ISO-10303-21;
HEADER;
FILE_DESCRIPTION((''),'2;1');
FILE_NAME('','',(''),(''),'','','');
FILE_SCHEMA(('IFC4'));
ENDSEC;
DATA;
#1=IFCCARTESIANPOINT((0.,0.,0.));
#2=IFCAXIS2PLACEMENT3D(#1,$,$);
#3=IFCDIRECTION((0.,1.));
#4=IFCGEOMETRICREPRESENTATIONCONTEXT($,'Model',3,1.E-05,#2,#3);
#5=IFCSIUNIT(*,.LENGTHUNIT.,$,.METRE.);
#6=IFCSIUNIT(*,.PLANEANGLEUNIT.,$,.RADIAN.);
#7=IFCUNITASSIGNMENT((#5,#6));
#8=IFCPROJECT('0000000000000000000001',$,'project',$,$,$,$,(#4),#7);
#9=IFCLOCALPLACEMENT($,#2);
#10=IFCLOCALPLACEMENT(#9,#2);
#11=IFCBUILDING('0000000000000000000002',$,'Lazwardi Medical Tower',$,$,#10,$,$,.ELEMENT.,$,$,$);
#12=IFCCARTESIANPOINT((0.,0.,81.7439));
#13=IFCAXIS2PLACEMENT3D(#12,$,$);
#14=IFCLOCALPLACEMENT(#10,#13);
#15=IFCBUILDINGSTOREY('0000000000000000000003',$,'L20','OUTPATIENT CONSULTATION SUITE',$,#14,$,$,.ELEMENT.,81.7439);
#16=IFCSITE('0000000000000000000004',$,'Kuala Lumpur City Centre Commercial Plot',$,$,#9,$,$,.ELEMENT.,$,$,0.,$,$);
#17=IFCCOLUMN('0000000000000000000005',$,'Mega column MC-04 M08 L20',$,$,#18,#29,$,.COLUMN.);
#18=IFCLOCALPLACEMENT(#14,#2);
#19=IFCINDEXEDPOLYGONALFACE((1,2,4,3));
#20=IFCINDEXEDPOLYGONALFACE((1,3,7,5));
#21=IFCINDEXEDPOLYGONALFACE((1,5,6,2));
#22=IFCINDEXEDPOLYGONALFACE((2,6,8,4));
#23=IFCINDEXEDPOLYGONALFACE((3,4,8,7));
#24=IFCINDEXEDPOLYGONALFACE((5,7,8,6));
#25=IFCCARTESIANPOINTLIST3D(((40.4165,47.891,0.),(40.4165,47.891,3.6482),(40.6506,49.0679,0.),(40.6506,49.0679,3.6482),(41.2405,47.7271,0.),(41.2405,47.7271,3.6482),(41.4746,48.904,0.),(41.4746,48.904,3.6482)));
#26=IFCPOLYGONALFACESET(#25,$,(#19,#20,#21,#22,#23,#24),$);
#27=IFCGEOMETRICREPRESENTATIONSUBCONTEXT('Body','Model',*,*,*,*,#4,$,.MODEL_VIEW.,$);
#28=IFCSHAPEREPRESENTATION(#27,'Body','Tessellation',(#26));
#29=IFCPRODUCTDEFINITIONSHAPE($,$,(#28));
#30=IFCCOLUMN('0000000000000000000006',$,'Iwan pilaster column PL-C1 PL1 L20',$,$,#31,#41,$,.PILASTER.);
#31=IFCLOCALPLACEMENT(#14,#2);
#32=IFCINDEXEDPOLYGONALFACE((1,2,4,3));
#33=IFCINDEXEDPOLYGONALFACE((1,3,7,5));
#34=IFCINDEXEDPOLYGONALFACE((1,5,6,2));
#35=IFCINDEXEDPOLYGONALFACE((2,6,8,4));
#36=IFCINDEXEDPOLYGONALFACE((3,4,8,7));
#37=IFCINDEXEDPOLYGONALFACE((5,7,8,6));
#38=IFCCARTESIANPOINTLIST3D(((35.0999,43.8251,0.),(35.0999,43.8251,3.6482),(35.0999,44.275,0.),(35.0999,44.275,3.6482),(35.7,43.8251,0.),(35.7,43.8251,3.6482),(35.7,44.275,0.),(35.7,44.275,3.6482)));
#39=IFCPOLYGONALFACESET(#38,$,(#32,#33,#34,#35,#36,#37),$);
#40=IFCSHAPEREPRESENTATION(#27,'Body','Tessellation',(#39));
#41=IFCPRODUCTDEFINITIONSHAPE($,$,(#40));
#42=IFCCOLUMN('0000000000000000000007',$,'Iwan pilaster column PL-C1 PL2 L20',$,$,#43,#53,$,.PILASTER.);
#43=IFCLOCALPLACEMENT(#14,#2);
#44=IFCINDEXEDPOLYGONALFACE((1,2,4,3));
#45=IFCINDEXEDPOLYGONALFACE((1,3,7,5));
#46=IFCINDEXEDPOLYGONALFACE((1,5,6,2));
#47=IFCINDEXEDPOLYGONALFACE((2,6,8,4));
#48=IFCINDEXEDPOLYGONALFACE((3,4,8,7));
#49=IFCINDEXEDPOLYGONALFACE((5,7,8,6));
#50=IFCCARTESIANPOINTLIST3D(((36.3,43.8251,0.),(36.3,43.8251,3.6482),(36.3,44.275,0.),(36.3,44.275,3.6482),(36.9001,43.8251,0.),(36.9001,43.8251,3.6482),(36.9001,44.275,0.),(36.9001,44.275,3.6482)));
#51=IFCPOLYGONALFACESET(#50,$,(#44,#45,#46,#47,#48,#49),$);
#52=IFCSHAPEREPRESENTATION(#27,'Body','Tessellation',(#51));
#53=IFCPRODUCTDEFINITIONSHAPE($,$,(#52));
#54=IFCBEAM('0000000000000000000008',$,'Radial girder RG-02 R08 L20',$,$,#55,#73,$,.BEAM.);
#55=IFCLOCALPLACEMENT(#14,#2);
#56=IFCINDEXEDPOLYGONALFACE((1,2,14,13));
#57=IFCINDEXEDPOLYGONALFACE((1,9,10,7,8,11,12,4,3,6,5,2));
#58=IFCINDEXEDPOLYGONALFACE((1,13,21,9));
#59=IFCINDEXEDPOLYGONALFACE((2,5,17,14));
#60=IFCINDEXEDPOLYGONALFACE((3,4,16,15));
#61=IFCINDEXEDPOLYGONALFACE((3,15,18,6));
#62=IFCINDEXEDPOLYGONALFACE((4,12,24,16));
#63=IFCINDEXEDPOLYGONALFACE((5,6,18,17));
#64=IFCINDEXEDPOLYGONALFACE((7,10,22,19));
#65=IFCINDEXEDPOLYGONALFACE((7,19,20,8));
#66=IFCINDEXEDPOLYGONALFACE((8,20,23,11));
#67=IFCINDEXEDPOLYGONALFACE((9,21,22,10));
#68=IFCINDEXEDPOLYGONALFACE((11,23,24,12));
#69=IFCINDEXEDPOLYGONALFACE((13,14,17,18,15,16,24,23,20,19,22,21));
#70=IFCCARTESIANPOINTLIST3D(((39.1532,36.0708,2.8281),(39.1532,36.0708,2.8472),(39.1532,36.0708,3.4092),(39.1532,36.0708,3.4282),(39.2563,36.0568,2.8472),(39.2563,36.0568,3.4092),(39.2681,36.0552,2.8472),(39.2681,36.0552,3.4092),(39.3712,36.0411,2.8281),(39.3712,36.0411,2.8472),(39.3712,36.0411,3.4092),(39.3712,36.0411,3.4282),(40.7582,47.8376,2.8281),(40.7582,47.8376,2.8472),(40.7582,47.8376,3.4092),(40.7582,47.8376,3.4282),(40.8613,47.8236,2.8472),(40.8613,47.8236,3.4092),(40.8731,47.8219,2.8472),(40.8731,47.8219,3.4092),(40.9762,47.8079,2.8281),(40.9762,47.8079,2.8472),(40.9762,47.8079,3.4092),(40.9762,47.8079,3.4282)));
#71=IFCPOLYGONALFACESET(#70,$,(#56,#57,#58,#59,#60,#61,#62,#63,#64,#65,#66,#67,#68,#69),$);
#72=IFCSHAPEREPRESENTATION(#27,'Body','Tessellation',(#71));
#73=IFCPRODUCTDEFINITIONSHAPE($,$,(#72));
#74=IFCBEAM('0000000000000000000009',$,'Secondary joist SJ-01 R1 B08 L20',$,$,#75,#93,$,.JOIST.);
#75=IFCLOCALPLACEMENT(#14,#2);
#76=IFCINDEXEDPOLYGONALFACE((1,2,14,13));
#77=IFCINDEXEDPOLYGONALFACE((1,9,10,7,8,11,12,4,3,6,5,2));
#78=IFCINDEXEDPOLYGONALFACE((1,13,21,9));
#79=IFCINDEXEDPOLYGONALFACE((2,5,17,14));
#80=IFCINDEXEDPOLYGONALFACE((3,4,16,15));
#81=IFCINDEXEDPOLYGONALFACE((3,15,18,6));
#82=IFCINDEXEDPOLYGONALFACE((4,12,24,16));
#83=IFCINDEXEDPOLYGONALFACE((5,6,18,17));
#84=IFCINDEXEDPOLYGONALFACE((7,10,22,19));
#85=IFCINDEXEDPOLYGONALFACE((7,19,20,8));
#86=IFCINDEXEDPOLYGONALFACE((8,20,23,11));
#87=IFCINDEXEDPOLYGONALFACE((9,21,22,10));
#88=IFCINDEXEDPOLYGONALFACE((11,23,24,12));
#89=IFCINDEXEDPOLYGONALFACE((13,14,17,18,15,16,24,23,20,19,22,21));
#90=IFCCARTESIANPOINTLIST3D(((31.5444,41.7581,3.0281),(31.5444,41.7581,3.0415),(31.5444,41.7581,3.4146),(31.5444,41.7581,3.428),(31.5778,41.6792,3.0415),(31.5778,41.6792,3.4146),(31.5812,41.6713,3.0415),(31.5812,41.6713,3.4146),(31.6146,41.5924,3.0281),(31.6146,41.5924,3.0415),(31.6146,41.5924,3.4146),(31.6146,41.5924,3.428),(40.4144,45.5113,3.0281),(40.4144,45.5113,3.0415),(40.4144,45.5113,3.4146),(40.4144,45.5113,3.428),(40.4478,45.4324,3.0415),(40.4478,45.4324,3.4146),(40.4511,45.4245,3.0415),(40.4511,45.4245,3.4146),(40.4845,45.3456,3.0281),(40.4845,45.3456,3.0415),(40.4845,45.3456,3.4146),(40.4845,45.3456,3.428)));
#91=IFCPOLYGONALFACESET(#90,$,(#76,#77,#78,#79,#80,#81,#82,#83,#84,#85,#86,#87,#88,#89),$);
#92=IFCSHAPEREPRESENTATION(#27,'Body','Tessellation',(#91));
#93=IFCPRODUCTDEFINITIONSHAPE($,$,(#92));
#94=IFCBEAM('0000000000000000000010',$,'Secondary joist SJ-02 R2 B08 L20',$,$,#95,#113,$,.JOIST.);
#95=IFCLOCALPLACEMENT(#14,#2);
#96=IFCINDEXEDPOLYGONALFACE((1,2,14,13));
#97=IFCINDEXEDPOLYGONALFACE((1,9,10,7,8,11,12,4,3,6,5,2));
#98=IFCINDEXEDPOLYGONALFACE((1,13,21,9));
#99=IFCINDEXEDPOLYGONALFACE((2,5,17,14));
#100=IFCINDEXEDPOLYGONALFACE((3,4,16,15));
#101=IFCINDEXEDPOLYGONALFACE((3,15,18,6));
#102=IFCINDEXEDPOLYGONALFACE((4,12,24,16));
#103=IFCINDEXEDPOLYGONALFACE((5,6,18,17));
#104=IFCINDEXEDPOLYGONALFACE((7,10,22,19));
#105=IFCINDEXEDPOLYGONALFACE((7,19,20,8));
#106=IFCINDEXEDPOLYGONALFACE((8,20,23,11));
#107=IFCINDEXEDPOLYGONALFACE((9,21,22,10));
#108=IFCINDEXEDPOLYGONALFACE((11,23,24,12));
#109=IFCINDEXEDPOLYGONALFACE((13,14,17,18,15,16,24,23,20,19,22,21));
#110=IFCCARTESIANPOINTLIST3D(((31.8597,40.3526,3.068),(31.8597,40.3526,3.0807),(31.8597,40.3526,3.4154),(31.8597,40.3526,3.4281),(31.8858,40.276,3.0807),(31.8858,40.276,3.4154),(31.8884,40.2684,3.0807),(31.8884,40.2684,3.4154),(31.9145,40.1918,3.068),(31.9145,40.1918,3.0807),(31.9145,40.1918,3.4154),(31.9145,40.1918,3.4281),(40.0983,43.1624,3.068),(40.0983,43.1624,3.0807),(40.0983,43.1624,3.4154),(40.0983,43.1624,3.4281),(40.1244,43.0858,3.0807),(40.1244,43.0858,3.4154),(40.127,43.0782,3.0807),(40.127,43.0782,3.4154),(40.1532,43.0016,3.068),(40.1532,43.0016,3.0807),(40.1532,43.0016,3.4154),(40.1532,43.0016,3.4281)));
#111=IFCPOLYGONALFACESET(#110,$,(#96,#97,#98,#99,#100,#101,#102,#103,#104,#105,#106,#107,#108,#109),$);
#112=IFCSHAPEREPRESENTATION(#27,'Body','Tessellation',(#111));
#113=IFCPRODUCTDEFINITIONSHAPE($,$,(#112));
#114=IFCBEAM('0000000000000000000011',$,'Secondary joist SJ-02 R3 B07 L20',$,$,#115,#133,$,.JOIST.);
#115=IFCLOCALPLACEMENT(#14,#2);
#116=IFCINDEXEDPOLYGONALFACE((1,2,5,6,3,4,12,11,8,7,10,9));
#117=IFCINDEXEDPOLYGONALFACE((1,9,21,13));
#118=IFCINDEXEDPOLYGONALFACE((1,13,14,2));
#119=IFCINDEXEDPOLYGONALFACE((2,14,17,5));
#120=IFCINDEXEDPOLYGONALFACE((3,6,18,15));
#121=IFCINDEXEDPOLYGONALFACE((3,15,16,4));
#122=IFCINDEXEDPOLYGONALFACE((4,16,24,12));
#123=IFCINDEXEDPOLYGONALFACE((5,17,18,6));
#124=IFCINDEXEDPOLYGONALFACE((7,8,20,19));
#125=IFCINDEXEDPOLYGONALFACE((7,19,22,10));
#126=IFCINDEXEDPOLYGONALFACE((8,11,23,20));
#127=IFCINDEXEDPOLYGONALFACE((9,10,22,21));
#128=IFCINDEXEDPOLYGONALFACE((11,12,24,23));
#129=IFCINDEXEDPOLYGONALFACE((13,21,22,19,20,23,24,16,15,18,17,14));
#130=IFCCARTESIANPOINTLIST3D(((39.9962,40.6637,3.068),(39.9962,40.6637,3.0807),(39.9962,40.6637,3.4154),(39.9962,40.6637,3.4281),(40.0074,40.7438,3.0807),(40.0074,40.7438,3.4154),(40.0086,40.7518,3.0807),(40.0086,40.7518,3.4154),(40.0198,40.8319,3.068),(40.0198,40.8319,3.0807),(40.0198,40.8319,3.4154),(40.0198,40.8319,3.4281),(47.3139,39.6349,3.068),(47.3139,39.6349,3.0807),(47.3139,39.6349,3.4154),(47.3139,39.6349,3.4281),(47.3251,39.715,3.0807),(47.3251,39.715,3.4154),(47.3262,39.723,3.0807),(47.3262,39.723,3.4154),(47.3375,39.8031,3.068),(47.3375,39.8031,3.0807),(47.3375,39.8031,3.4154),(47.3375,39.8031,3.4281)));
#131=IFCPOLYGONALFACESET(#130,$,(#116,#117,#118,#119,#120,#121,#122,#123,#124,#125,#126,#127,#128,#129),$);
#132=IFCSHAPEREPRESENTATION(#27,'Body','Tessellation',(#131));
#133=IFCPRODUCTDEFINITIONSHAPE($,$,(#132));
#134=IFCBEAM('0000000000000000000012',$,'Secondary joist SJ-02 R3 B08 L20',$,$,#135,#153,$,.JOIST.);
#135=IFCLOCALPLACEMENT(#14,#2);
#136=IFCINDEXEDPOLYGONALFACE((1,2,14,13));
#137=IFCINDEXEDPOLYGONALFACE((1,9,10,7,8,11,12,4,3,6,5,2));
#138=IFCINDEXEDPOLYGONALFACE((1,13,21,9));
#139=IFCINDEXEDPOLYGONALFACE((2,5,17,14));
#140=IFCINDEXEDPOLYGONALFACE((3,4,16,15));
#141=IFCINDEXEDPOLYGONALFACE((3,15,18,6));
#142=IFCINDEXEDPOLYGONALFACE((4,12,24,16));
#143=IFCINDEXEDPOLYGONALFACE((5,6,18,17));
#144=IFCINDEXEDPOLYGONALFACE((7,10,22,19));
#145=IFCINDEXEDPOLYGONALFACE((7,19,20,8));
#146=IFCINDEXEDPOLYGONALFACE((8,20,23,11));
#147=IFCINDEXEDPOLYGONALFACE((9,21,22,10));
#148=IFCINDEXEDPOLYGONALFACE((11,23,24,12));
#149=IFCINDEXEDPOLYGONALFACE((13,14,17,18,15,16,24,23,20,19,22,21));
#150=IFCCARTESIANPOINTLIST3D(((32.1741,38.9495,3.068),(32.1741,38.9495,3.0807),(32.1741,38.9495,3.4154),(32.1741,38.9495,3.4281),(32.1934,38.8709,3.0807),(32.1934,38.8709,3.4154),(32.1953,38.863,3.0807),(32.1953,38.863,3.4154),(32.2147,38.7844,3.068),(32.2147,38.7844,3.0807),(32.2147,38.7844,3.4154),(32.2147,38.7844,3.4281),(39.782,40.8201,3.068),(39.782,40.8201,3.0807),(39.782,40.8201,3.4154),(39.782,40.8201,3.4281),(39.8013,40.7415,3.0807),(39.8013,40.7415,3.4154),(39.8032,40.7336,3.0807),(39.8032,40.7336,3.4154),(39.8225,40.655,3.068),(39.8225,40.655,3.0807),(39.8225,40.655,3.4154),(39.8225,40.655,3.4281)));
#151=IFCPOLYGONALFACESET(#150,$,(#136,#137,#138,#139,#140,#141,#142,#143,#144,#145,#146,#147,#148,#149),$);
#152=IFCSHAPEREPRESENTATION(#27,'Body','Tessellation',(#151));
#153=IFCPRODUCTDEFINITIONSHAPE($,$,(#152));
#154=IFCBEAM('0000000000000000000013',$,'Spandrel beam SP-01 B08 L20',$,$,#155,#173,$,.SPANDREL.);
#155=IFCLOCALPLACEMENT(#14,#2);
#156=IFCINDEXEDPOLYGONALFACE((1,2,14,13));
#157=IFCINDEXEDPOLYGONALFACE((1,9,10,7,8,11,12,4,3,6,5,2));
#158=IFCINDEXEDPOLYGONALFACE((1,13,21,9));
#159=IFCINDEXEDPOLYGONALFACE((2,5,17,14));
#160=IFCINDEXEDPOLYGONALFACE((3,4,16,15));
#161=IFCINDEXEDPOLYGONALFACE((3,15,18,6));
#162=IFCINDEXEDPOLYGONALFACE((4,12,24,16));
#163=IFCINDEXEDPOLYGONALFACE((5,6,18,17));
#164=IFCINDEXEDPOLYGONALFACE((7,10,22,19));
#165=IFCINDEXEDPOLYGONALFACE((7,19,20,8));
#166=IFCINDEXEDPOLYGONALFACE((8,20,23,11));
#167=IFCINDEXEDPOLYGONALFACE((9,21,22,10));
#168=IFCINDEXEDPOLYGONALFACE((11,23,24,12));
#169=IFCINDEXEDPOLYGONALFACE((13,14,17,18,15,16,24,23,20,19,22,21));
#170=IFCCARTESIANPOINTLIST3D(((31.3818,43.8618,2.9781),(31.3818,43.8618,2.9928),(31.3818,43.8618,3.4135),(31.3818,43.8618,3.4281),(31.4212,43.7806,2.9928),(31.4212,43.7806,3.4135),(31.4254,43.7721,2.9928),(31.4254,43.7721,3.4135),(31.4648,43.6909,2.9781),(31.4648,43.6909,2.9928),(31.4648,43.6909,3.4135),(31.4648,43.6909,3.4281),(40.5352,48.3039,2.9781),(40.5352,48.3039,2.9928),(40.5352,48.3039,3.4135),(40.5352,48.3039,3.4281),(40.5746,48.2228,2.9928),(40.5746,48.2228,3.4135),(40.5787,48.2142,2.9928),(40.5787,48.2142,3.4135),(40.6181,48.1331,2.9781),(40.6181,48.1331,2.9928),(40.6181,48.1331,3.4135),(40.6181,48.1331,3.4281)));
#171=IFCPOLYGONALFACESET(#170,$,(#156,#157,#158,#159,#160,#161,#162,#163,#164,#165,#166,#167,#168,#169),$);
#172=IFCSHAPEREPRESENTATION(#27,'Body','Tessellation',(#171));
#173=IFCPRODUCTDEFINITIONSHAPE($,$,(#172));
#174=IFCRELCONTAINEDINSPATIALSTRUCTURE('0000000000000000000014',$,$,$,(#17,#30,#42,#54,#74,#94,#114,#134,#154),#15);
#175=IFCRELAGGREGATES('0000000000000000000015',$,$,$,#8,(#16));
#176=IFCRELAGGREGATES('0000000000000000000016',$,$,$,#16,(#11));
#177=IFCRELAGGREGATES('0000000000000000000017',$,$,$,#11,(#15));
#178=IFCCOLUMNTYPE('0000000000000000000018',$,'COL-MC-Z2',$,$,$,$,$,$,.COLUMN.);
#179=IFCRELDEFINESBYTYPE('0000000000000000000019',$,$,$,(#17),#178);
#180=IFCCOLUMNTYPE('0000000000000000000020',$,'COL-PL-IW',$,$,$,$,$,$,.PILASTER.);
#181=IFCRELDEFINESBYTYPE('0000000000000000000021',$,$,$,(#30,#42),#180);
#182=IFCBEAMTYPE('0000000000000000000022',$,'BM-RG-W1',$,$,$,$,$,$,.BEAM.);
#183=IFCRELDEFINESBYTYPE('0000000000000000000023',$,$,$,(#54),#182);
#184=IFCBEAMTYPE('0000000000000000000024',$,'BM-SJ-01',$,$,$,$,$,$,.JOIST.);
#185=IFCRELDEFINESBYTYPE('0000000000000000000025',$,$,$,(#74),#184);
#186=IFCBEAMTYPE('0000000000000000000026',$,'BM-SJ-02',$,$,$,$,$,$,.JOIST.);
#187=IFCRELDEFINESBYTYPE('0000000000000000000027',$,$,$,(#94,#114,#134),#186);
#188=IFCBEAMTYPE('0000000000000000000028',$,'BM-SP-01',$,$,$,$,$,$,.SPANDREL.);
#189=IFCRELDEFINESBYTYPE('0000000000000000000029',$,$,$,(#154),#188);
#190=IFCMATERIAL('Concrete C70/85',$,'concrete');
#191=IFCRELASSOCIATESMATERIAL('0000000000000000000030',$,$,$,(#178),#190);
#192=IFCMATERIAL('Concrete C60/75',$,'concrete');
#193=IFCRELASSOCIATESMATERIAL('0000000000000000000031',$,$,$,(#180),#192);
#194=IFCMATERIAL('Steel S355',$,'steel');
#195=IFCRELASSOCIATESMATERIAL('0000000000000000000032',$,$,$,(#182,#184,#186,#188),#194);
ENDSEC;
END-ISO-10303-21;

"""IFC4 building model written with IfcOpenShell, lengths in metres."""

from ifc_helpers import new_model, si_unit, direction, frame, origin, origin_2d, place, context, subcontext, project, spatial, rectangle, i_section, extrude, material, material_profile, profile_set, type_object, element, save


model = new_model("IFC4")

# Units and contexts
model_context = context("Model", 3, precision=1e-05, world=origin(), true_north=direction((0.0, 1.0)))
body_context = subcontext(model_context, "Body", "Model", "MODEL_VIEW")
ifc_project = project(units=[si_unit("LENGTHUNIT", "METRE"), si_unit("PLANEANGLEUNIT", "RADIAN")], contexts=[model_context])

# Site, building, storey
site_placement = place(None, origin())
site = spatial("IfcSite", under=ifc_project, at=site_placement, Name="Kuala Lumpur City Centre Commercial Plot", CompositionType="ELEMENT", RefElevation=0.0)
building_placement = place(site_placement, origin())
building = spatial("IfcBuilding", under=site, at=building_placement, Name="Lazwardi Medical Tower", CompositionType="ELEMENT")
storey_placement = place(building_placement, frame((0.0, 0.0, 81.7439)))
storey = spatial("IfcBuildingStorey", under=building, at=storey_placement, Name="L20", Description="OUTPATIENT CONSULTATION SUITE", CompositionType="ELEMENT", Elevation=81.7439)

# Columns
ifc_material_1 = material(Name="Concrete C70/85", Category="concrete")
ifc_material_profile_1 = material_profile(ifc_material_1, rectangle(XDim=1.2, YDim=0.8401, at=origin_2d()), Name="CFT-RECT 1200x840")
ifc_profile_set_1 = profile_set([ifc_material_profile_1], Name="Concrete C70/85")
column_type_1 = type_object("IfcColumnType", Name="COL-MC-Z2", PredefinedType="COLUMN", material=ifc_profile_set_1)
column_placement = place(storey_placement, frame((40.9456, 48.3975, 0.0), z_axis=(0.0, 0.0, 1.0), x_axis=(0.19509, 0.980785, 0.0)))
element("IfcColumn", 1, at=column_placement, inside=storey, type_object=column_type_1, Name="Mega column MC-04 M08 L20", PredefinedType="COLUMN", context=body_context, shape_type="SweptSolid", body=[
    extrude(rectangle(XDim=1.2, YDim=0.8401, at=origin_2d()), origin(), (0.0, 0.0, 1.0), 3.6482),
])
ifc_material_2 = material(Name="Concrete C60/75", Category="concrete")
ifc_material_profile_2 = material_profile(ifc_material_2, rectangle(XDim=0.6001, YDim=0.45, at=origin_2d()), Name="RC 600x450")
ifc_profile_set_2 = profile_set([ifc_material_profile_2], Name="Concrete C60/75")
column_type_2 = type_object("IfcColumnType", Name="COL-PL-IW", PredefinedType="PILASTER", material=ifc_profile_set_2)
for number, where, z_axis, x_axis, name in (
    (2, (35.3999, 44.05, 0.0), (0.0, 0.0, 1.0), (1.0, 0.0, 0.0), "Iwan pilaster column PL-C1 PL1 L20"),
    (3, (36.6001, 44.05, 0.0), (0.0, 0.0, 1.0), (1.0, 0.0, 0.0), "Iwan pilaster column PL-C1 PL2 L20"),
):
    element("IfcColumn", number, at=place(storey_placement, frame(where, z_axis=z_axis, x_axis=x_axis)), inside=storey, type_object=column_type_2, Name=name, PredefinedType="PILASTER", context=body_context, shape_type="SweptSolid", body=[
        extrude(rectangle(XDim=0.6001, YDim=0.45, at=origin_2d()), origin(), (0.0, 0.0, 1.0), 3.6482),
    ])

# Beams
ifc_material_3 = material(Name="Steel S355", Category="steel")
ifc_material_profile_3 = material_profile(ifc_material_3, i_section(OverallWidth=0.22, OverallDepth=0.6001, WebThickness=0.012, FlangeThickness=0.019, at=origin_2d()), Name="IPE 600")
ifc_profile_set_3 = profile_set([ifc_material_profile_3], Name="Steel S355")
beam_type_1 = type_object("IfcBeamType", Name="BM-RG-W1", PredefinedType="BEAM", material=ifc_profile_set_3)
beam_1_placement = place(storey_placement, frame((40.8672, 47.8228, 3.1282), z_axis=(-0.135147, -0.990826, 0.0), x_axis=(0.990826, -0.135147, 0.0)))
element("IfcBeam", 4, at=beam_1_placement, inside=storey, type_object=beam_type_1, Name="Radial girder RG-02 R08 L20", PredefinedType="BEAM", context=body_context, shape_type="SweptSolid", body=[
    extrude(i_section(OverallWidth=0.22, OverallDepth=0.6001, WebThickness=0.012, FlangeThickness=0.019, at=origin_2d()), origin(), (0.0, 0.0, 1.0), 11.8757),
])
ifc_material_profile_4 = material_profile(ifc_material_3, i_section(OverallWidth=0.1799, OverallDepth=0.3999, WebThickness=0.0085, FlangeThickness=0.0134, at=origin_2d()), Name="IPE 400")
ifc_profile_set_4 = profile_set([ifc_material_profile_4], Name="Steel S355")
beam_type_2 = type_object("IfcBeamType", Name="BM-SJ-01", PredefinedType="JOIST", material=ifc_profile_set_4)
beam_2_placement = place(storey_placement, frame((40.4495, 45.4285, 3.228), z_axis=(-0.920947, -0.389687, 0.0), x_axis=(0.389687, -0.920947, 0.0)))
element("IfcBeam", 5, at=beam_2_placement, inside=storey, type_object=beam_type_2, Name="Secondary joist SJ-01 R1 B08 L20", PredefinedType="JOIST", context=body_context, shape_type="SweptSolid", body=[
    extrude(i_section(OverallWidth=0.1799, OverallDepth=0.3999, WebThickness=0.0085, FlangeThickness=0.0134, at=origin_2d()), origin(), (0.0, 0.0, 1.0), 9.6313),
])
ifc_material_profile_5 = material_profile(ifc_material_3, i_section(OverallWidth=0.1699, OverallDepth=0.3601, WebThickness=0.0081, FlangeThickness=0.0127, at=origin_2d()), Name="IPE 360")
ifc_profile_set_5 = profile_set([ifc_material_profile_5], Name="Steel S355")
beam_type_3 = type_object("IfcBeamType", Name="BM-SJ-02", PredefinedType="JOIST", material=ifc_profile_set_5)
beam_3_placement = place(storey_placement, frame((40.1257, 43.082, 3.248), z_axis=(-0.946467, -0.3228, 0.0), x_axis=(0.3228, -0.946467, 0.0)))
element("IfcBeam", 6, at=beam_3_placement, inside=storey, type_object=beam_type_3, Name="Secondary joist SJ-02 R2 B08 L20", PredefinedType="JOIST", context=body_context, shape_type="SweptSolid", body=[
    extrude(i_section(OverallWidth=0.1699, OverallDepth=0.3601, WebThickness=0.0081, FlangeThickness=0.0127, at=origin_2d()), origin(), (0.0, 0.0, 1.0), 8.7046),
])
beam_4_placement = place(storey_placement, frame((47.3257, 39.719, 3.248), z_axis=(-0.990261, 0.139224, 0.0), x_axis=(-0.139224, -0.990261, 0.0)))
element("IfcBeam", 7, at=beam_4_placement, inside=storey, type_object=beam_type_3, Name="Secondary joist SJ-02 R3 B07 L20", PredefinedType="JOIST", context=body_context, shape_type="SweptSolid", body=[
    extrude(i_section(OverallWidth=0.1699, OverallDepth=0.3601, WebThickness=0.0081, FlangeThickness=0.0127, at=origin_2d()), origin(), (0.0, 0.0, 1.0), 7.3896),
])
beam_5_placement = place(storey_placement, frame((39.8022, 40.7375, 3.248), z_axis=(-0.971077, -0.238765, 0.0), x_axis=(0.238765, -0.971077, 0.0)))
element("IfcBeam", 8, at=beam_5_placement, inside=storey, type_object=beam_type_3, Name="Secondary joist SJ-02 R3 B08 L20", PredefinedType="JOIST", context=body_context, shape_type="SweptSolid", body=[
    extrude(i_section(OverallWidth=0.1699, OverallDepth=0.3601, WebThickness=0.0081, FlangeThickness=0.0127, at=origin_2d()), origin(), (0.0, 0.0, 1.0), 7.8345),
])
ifc_material_profile_6 = material_profile(ifc_material_3, i_section(OverallWidth=0.1899, OverallDepth=0.45, WebThickness=0.0095, FlangeThickness=0.0146, at=origin_2d()), Name="IPE 450")
ifc_profile_set_6 = profile_set([ifc_material_profile_6], Name="Steel S355")
beam_type_4 = type_object("IfcBeamType", Name="BM-SP-01", PredefinedType="SPANDREL", material=ifc_profile_set_6)
beam_6_placement = place(storey_placement, frame((40.5767, 48.2185, 3.2031), z_axis=(-0.899653, -0.436605, 0.0), x_axis=(0.436605, -0.899653, 0.0)))
element("IfcBeam", 9, at=beam_6_placement, inside=storey, type_object=beam_type_4, Name="Spandrel beam SP-01 B08 L20", PredefinedType="SPANDREL", context=body_context, shape_type="SweptSolid", body=[
    extrude(i_section(OverallWidth=0.1899, OverallDepth=0.45, WebThickness=0.0095, FlangeThickness=0.0146, at=origin_2d()), origin(), (0.0, 0.0, 1.0), 10.1743),
])

save(model, "model.ifc")
